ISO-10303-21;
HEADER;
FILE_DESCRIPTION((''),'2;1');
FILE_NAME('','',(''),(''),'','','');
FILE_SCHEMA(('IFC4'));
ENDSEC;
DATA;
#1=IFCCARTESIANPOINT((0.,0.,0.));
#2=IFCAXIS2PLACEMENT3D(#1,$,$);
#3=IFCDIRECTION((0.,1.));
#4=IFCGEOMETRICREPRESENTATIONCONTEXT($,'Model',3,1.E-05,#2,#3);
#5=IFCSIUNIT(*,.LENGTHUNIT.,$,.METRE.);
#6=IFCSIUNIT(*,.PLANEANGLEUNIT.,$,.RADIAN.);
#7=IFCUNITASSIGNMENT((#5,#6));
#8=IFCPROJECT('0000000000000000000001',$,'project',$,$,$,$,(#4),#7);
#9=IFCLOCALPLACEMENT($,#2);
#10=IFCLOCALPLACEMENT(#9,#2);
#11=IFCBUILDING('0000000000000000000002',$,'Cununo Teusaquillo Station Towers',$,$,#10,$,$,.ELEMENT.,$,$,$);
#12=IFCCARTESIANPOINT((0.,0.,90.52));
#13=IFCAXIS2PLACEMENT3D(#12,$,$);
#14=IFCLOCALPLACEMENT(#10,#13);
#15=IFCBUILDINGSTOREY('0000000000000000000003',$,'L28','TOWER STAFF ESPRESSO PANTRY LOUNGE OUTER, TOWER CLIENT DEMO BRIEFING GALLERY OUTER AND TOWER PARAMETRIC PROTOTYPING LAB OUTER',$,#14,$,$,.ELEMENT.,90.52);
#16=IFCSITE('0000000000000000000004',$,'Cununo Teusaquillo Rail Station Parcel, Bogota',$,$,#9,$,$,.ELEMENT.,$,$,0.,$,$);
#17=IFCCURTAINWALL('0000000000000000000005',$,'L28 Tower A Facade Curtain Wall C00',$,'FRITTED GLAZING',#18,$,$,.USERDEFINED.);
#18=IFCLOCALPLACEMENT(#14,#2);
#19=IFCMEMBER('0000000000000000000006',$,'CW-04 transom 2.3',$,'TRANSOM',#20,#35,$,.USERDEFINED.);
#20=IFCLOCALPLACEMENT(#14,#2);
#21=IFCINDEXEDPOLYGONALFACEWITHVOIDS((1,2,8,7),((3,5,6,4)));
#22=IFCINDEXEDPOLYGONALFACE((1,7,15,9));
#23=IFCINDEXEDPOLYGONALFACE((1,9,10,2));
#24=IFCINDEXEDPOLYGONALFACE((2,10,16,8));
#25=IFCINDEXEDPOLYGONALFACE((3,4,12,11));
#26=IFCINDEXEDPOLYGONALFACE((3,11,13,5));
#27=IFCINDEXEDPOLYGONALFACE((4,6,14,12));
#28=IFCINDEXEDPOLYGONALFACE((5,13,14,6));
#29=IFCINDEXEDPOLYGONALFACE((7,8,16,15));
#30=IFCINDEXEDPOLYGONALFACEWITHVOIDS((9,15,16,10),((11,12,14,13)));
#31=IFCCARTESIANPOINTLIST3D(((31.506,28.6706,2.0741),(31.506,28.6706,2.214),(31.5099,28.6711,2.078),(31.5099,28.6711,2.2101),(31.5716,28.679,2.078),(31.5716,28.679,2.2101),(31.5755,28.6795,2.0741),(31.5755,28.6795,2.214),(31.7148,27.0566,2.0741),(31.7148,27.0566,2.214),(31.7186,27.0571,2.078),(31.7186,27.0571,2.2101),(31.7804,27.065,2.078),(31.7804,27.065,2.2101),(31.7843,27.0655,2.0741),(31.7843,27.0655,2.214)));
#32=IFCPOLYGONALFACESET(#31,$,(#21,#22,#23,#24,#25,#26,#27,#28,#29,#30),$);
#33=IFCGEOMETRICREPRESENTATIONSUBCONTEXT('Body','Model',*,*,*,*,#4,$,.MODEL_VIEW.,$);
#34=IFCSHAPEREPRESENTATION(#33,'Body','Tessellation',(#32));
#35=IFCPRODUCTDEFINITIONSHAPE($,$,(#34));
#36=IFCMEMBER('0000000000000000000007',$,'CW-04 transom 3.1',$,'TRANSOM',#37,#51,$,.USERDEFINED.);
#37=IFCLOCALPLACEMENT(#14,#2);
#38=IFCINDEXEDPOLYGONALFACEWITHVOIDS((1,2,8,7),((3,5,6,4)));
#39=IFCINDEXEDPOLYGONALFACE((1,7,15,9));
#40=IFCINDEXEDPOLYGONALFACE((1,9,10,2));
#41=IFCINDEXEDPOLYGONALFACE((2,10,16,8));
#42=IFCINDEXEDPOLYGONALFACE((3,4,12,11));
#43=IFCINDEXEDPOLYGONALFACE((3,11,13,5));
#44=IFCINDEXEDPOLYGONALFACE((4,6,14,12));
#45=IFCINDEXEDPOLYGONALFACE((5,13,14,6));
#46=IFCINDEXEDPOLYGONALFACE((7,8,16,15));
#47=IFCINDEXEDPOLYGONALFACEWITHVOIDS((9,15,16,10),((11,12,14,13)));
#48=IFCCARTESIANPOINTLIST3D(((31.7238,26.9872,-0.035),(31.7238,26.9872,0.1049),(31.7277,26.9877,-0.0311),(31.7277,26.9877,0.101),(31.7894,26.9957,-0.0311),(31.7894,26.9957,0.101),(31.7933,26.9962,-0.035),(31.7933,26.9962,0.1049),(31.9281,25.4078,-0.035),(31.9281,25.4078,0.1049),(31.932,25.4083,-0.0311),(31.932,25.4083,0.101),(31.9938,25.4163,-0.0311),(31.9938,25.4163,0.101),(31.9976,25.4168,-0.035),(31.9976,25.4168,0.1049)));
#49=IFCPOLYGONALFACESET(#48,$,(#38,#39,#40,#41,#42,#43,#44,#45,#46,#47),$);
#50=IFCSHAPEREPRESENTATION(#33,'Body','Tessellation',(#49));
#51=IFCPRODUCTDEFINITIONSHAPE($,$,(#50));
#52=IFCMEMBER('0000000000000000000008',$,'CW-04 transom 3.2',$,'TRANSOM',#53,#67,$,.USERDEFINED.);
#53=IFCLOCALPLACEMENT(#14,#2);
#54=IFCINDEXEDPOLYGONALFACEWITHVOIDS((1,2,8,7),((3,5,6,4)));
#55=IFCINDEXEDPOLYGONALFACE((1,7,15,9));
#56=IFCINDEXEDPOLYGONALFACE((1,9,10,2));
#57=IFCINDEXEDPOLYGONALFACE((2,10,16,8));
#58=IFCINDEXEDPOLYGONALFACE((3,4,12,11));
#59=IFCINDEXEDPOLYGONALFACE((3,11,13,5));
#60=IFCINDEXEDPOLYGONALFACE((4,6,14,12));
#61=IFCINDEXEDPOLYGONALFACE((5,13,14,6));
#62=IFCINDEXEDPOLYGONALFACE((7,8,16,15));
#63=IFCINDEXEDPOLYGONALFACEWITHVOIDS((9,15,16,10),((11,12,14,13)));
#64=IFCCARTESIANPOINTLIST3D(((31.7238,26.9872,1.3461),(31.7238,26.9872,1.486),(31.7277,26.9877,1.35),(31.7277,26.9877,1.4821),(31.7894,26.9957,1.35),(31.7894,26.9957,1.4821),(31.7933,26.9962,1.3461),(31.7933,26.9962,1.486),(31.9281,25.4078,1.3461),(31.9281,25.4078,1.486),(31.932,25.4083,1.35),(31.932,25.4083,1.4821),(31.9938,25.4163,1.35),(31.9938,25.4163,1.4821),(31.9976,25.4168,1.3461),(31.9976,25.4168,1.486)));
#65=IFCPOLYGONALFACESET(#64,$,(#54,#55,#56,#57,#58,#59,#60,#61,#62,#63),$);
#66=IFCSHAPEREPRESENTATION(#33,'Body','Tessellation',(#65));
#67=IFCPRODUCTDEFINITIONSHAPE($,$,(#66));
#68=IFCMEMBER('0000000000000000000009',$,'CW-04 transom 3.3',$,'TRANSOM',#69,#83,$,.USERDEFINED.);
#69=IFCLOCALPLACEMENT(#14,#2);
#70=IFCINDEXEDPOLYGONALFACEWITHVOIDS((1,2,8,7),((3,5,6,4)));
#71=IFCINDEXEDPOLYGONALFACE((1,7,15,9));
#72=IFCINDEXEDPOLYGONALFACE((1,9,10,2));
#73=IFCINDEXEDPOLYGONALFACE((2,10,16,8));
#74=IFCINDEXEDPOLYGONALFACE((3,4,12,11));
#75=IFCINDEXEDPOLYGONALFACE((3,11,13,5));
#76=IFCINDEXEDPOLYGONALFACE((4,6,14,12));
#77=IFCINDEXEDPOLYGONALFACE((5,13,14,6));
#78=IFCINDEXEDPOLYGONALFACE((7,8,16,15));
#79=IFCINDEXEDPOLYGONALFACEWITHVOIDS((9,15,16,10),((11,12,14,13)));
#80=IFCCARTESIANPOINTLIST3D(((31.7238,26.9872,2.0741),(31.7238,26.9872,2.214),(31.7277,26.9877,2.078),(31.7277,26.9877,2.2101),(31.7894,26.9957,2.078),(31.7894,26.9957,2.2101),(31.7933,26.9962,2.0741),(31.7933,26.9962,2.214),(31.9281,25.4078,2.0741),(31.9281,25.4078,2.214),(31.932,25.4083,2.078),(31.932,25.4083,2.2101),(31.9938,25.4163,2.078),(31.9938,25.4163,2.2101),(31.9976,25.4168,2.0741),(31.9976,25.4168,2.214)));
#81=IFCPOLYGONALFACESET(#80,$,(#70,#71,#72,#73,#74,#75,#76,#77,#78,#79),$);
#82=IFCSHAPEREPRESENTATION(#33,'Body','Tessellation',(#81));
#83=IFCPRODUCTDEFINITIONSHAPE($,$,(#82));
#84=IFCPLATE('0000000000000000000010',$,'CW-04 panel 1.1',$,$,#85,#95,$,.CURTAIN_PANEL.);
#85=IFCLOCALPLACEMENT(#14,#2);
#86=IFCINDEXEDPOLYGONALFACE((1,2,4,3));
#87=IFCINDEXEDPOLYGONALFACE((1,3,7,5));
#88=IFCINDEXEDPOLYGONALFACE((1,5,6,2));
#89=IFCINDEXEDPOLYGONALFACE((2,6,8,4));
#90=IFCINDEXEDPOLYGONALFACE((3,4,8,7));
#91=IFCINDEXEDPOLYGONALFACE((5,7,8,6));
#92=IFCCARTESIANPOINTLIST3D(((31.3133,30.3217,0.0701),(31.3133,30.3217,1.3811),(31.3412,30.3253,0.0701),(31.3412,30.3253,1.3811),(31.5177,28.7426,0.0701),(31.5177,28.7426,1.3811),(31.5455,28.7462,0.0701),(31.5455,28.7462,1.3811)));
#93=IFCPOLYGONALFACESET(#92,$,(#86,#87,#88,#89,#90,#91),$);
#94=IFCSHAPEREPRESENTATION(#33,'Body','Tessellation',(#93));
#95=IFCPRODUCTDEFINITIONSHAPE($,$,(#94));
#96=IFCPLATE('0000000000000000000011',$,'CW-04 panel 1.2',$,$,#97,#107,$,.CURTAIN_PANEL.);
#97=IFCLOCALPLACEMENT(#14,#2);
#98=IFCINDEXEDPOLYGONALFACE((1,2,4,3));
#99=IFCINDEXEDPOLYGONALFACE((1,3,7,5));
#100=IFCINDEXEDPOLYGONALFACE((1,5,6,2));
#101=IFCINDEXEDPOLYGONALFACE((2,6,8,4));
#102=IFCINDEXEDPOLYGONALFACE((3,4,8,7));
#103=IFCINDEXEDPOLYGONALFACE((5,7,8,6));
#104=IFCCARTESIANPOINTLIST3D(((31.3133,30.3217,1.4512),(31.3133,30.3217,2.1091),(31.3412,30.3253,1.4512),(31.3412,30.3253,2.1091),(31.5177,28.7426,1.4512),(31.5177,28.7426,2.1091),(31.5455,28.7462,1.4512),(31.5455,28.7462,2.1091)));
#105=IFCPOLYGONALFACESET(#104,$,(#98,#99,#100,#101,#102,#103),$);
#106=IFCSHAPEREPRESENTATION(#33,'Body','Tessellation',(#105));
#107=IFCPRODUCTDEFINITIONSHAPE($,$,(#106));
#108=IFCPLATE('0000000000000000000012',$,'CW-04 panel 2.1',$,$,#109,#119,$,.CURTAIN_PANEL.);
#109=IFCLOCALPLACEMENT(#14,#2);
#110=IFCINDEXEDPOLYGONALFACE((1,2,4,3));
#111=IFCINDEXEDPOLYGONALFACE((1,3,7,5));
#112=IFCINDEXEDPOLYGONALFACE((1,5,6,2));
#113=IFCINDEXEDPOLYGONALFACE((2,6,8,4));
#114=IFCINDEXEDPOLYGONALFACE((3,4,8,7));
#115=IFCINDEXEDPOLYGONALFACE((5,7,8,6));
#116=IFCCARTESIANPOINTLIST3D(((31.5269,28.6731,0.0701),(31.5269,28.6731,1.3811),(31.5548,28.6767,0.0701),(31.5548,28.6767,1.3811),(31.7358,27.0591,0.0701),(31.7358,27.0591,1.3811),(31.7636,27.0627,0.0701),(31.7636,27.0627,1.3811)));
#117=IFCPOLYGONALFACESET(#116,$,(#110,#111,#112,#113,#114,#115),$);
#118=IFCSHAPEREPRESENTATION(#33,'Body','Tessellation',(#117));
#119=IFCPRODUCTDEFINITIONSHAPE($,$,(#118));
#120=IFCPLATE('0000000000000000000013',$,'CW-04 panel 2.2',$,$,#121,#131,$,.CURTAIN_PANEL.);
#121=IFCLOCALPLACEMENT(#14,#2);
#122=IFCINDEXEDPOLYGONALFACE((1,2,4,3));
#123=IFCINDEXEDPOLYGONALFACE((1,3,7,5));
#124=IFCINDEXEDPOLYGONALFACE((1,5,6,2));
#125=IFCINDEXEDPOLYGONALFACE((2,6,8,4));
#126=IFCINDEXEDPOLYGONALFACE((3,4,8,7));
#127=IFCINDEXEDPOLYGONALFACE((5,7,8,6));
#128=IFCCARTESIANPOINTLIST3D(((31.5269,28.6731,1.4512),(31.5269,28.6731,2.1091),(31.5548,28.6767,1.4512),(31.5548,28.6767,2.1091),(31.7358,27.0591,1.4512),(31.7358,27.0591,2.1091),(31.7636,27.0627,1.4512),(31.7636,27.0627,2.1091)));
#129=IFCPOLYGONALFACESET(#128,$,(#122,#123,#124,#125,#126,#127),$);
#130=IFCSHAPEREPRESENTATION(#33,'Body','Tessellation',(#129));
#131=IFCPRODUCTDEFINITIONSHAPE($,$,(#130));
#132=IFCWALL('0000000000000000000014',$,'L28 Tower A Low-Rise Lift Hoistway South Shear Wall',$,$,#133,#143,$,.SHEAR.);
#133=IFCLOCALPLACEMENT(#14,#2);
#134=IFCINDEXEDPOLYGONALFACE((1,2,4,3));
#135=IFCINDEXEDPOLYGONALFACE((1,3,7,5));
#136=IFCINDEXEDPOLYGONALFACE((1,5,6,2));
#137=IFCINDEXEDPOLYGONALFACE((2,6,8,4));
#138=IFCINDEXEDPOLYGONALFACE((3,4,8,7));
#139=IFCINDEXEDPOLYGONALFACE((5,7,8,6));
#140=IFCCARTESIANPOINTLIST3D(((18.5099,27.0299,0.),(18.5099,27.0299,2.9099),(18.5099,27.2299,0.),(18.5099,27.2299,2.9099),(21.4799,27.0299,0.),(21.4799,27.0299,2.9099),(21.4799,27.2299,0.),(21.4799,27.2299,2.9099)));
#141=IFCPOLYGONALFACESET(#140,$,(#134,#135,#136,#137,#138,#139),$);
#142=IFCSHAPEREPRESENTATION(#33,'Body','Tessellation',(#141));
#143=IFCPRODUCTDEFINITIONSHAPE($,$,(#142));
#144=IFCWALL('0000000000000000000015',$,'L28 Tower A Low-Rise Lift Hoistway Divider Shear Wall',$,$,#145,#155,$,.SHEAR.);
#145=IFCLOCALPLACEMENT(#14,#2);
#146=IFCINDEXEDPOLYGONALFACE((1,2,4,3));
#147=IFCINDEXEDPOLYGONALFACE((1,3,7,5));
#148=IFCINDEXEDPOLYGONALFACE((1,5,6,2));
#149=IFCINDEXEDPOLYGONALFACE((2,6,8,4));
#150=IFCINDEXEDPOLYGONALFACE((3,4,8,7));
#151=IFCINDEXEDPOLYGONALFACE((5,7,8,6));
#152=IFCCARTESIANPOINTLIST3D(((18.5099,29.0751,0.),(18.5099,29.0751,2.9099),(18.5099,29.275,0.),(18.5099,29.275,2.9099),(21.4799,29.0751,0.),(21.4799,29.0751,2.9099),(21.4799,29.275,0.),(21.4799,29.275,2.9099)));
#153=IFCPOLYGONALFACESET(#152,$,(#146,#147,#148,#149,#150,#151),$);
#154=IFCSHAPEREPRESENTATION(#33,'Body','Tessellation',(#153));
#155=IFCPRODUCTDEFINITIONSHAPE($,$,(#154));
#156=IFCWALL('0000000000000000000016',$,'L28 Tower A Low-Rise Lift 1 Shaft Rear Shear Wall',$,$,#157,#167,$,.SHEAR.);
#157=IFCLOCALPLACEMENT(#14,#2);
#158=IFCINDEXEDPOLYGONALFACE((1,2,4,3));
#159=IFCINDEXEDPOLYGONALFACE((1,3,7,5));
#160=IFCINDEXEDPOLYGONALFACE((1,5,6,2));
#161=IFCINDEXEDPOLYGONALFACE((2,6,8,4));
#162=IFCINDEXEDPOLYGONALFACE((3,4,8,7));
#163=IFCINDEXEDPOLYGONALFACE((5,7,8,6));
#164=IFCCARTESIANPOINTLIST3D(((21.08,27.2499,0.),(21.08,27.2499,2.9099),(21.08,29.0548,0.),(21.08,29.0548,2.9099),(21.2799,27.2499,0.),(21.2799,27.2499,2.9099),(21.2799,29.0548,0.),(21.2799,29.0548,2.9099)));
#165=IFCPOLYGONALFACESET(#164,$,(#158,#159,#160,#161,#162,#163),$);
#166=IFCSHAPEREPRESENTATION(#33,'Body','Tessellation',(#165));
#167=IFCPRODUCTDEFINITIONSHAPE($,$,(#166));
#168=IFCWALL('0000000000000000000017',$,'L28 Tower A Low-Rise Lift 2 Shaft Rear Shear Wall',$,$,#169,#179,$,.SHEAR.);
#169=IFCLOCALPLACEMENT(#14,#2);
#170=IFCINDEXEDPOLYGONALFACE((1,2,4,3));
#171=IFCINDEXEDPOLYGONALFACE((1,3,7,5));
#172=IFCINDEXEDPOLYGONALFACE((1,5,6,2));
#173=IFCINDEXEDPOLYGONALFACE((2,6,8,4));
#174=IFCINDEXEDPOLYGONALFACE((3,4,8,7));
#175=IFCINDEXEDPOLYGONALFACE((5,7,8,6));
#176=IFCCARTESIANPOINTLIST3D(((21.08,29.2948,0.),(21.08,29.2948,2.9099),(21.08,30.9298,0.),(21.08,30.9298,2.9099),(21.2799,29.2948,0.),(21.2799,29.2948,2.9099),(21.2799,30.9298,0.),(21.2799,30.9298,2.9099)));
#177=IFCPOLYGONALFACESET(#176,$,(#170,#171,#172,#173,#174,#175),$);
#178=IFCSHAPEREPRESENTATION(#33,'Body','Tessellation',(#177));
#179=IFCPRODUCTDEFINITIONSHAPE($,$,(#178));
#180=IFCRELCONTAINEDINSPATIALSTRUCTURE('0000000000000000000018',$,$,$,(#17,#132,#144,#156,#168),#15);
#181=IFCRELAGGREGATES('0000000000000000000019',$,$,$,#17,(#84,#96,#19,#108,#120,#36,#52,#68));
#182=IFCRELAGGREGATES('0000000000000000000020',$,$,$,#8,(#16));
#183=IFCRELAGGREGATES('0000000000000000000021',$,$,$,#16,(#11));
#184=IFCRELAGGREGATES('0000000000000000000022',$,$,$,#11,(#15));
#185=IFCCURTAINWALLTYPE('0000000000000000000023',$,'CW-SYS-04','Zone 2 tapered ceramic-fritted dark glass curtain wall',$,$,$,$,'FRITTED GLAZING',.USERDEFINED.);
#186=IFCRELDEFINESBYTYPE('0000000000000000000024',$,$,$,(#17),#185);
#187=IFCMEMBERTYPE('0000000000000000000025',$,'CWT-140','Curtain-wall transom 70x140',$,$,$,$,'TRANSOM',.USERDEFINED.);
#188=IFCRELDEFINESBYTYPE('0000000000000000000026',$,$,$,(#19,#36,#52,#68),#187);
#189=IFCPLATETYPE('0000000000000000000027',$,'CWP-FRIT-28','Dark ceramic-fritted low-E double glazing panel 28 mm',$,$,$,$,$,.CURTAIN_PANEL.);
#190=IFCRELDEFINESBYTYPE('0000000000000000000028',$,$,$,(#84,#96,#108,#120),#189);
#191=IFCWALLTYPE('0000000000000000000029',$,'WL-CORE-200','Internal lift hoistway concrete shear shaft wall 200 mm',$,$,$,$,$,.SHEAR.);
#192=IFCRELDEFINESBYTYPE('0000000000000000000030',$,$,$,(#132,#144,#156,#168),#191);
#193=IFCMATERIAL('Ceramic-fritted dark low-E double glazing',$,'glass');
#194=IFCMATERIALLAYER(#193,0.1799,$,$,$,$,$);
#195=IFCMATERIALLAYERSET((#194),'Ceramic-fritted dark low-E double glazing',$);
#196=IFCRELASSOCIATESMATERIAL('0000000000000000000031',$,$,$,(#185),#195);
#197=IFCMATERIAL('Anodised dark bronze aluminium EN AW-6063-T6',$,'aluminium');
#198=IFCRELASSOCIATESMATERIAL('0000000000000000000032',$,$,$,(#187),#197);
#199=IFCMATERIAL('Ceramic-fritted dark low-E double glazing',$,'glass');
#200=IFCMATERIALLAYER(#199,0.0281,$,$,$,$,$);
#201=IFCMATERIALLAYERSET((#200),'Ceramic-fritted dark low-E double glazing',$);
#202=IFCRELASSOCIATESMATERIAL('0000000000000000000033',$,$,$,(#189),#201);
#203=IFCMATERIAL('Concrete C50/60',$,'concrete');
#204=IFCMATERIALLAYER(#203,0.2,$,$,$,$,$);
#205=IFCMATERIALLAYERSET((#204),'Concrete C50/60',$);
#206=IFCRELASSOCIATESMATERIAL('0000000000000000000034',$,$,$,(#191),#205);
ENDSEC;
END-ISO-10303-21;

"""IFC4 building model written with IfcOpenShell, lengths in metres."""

from ifc_helpers import new_model, si_unit, direction, frame, frame_2d, origin, origin_2d, place, context, subcontext, project, spatial, rectangle, hollow_rectangle, extrude, source, transform, mapped, material, layer, layer_set, material_profile, profile_set, type_object, element, aggregate, save


model = new_model("IFC4")

# Units and contexts
model_context = context("Model", 3, precision=1e-05, world=origin(), true_north=direction((0.0, 1.0)))
body_context = subcontext(model_context, "Body", "Model", "MODEL_VIEW")
ifc_project = project(units=[si_unit("LENGTHUNIT", "METRE"), si_unit("PLANEANGLEUNIT", "RADIAN")], contexts=[model_context])

# Site, building, storey
site_placement = place(None, origin())
site = spatial("IfcSite", under=ifc_project, at=site_placement, Name="Cununo Teusaquillo Rail Station Parcel, Bogota", CompositionType="ELEMENT", RefElevation=0.0)
building_placement = place(site_placement, origin())
building = spatial("IfcBuilding", under=site, at=building_placement, Name="Cununo Teusaquillo Station Towers", CompositionType="ELEMENT")
storey_placement = place(building_placement, frame((0.0, 0.0, 90.52)))
storey = spatial("IfcBuildingStorey", under=building, at=storey_placement, Name="L28", Description="TOWER STAFF ESPRESSO PANTRY LOUNGE OUTER, TOWER CLIENT DEMO BRIEFING GALLERY OUTER AND TOWER PARAMETRIC PROTOTYPING LAB OUTER", CompositionType="ELEMENT", Elevation=90.52)

# Curtain wall, members, plates
ifc_material_1 = material(Name="Ceramic-fritted dark low-E double glazing", Category="glass")
ifc_layer_1 = layer(ifc_material_1, 0.1799)
ifc_layer_set_1 = layer_set([ifc_layer_1], Name="Ceramic-fritted dark low-E double glazing")
curtain_wall_type = type_object("IfcCurtainWallType", Name="CW-SYS-04", Description="Zone 2 tapered ceramic-fritted dark glass curtain wall", ElementType="FRITTED GLAZING", PredefinedType="USERDEFINED", material=ifc_layer_set_1)
curtain_wall_placement = place(storey_placement, origin())
curtain_wall = element("IfcCurtainWall", 1, at=curtain_wall_placement, inside=storey, type_object=curtain_wall_type, Name="L28 Tower A Facade Curtain Wall C00", ObjectType="FRITTED GLAZING", PredefinedType="USERDEFINED")
ifc_material_2 = material(Name="Anodised dark bronze aluminium EN AW-6063-T6", Category="aluminium")
ifc_material_profile_1 = material_profile(ifc_material_2, hollow_rectangle(XDim=0.0701, YDim=0.1399, WallThickness=0.0039, at=origin_2d()), Name="CW-TRAN-70x140")
ifc_profile_set_1 = profile_set([ifc_material_profile_1], Name="Anodised dark bronze aluminium EN AW-6063-T6")
member_type_1 = type_object("IfcMemberType", Name="CWT-140", Description="Curtain-wall transom 70x140", ElementType="TRANSOM", PredefinedType="USERDEFINED", material=ifc_profile_set_1)
member_1_placement = place(storey_placement, frame((31.5408, 28.675, 2.144), z_axis=(0.128262, -0.99174, 0.0), x_axis=(0.99174, 0.128262, 0.0)))
member_1 = element("IfcMember", 2, at=member_1_placement, type_object=member_type_1, Name="CW-04 transom 2.3", ObjectType="TRANSOM", PredefinedType="USERDEFINED", context=body_context, shape_type="SweptSolid", body=[
    extrude(hollow_rectangle(XDim=0.0701, YDim=0.1399, WallThickness=0.0039, at=origin_2d()), origin(), (0.0, 0.0, 1.0), 1.6274),
])
member_2_placement = place(storey_placement, frame((31.7585, 26.9917, 0.0349), z_axis=(0.128317, -0.991733, 0.0), x_axis=(0.991733, 0.128317, 0.0)))
member_2 = element("IfcMember", 3, at=member_2_placement, type_object=member_type_1, Name="CW-04 transom 3.1", ObjectType="TRANSOM", PredefinedType="USERDEFINED", context=body_context, shape_type="SweptSolid", body=[
    extrude(hollow_rectangle(XDim=0.0701, YDim=0.1399, WallThickness=0.0039, at=origin_2d()), origin(), (0.0, 0.0, 1.0), 1.5925),
])
member_3_placement = place(storey_placement, frame((31.7585, 26.9917, 1.416), z_axis=(0.128317, -0.991733, 0.0), x_axis=(0.991733, 0.128317, 0.0)))
member_3 = element("IfcMember", 4, at=member_3_placement, type_object=member_type_1, Name="CW-04 transom 3.2", ObjectType="TRANSOM", PredefinedType="USERDEFINED", context=body_context, shape_type="SweptSolid", body=[
    extrude(hollow_rectangle(XDim=0.0701, YDim=0.1399, WallThickness=0.0039, at=origin_2d()), origin(), (0.0, 0.0, 1.0), 1.5925),
])
member_4_placement = place(storey_placement, frame((31.7585, 26.9917, 2.144), z_axis=(0.128317, -0.991733, 0.0), x_axis=(0.991733, 0.128317, 0.0)))
member_4 = element("IfcMember", 5, at=member_4_placement, type_object=member_type_1, Name="CW-04 transom 3.3", ObjectType="TRANSOM", PredefinedType="USERDEFINED", context=body_context, shape_type="SweptSolid", body=[
    extrude(hollow_rectangle(XDim=0.0701, YDim=0.1399, WallThickness=0.0039, at=origin_2d()), origin(), (0.0, 0.0, 1.0), 1.5925),
])
ifc_material_3 = material(Name="Ceramic-fritted dark low-E double glazing", Category="glass")
ifc_layer_2 = layer(ifc_material_3, 0.0281)
ifc_layer_set_2 = layer_set([ifc_layer_2], Name="Ceramic-fritted dark low-E double glazing")
plate_type = type_object("IfcPlateType", Name="CWP-FRIT-28", Description="Dark ceramic-fritted low-E double glazing panel 28 mm", PredefinedType="CURTAIN_PANEL", material=ifc_layer_set_2)
shared_shape_1 = source(origin(), body_context, "Body", "SweptSolid", [
    extrude(rectangle(XDim=1.5923, YDim=0.0281, at=origin_2d()), origin(), (0.0, 0.0, 1.0), 1.311),
])
plate_1_placement = place(storey_placement, frame((31.4294, 29.5339, 0.0701), z_axis=(0.0, 0.0, 1.0), x_axis=(0.128336, -0.991731, 0.0)))
plate_1 = element("IfcPlate", 6, at=plate_1_placement, type_object=plate_type, Name="CW-04 panel 1.1", PredefinedType="CURTAIN_PANEL", context=body_context, shape_type="MappedRepresentation", body=[
    mapped(shared_shape_1, transform((0.0, 0.0, 0.0), x_axis=(1.0, 0.0, 0.0), y_axis=(0.0, 1.0, 0.0), z_axis=(0.0, 0.0, 1.0), scale=1.0)),
])
shared_shape_2 = source(origin(), body_context, "Body", "SweptSolid", [
    extrude(rectangle(XDim=1.5923, YDim=0.0281, at=origin_2d()), origin(), (0.0, 0.0, 1.0), 0.658),
])
plate_2_placement = place(storey_placement, frame((31.4294, 29.5339, 1.4512), z_axis=(0.0, 0.0, 1.0), x_axis=(0.128336, -0.991731, 0.0)))
plate_2 = element("IfcPlate", 7, at=plate_2_placement, type_object=plate_type, Name="CW-04 panel 1.2", PredefinedType="CURTAIN_PANEL", context=body_context, shape_type="MappedRepresentation", body=[
    mapped(shared_shape_2, transform((0.0, 0.0, 0.0), x_axis=(1.0, 0.0, 0.0), y_axis=(0.0, 1.0, 0.0), z_axis=(0.0, 0.0, 1.0), scale=1.0)),
])
shared_shape_3 = source(origin(), body_context, "Body", "SweptSolid", [
    extrude(rectangle(XDim=1.6274, YDim=0.0281, at=origin_2d()), origin(), (0.0, 0.0, 1.0), 1.311),
])
plate_3_placement = place(storey_placement, frame((31.6453, 27.8679, 0.0701), z_axis=(0.0, 0.0, 1.0), x_axis=(0.128336, -0.991731, 0.0)))
plate_3 = element("IfcPlate", 8, at=plate_3_placement, type_object=plate_type, Name="CW-04 panel 2.1", PredefinedType="CURTAIN_PANEL", context=body_context, shape_type="MappedRepresentation", body=[
    mapped(shared_shape_3, transform((0.0, 0.0, 0.0), x_axis=(1.0, 0.0, 0.0), y_axis=(0.0, 1.0, 0.0), z_axis=(0.0, 0.0, 1.0), scale=1.0)),
])
shared_shape_4 = source(origin(), body_context, "Body", "SweptSolid", [
    extrude(rectangle(XDim=1.6274, YDim=0.0281, at=origin_2d()), origin(), (0.0, 0.0, 1.0), 0.658),
])
plate_4_placement = place(storey_placement, frame((31.6453, 27.8679, 1.4512), z_axis=(0.0, 0.0, 1.0), x_axis=(0.128336, -0.991731, 0.0)))
plate_4 = element("IfcPlate", 9, at=plate_4_placement, type_object=plate_type, Name="CW-04 panel 2.2", PredefinedType="CURTAIN_PANEL", context=body_context, shape_type="MappedRepresentation", body=[
    mapped(shared_shape_4, transform((0.0, 0.0, 0.0), x_axis=(1.0, 0.0, 0.0), y_axis=(0.0, 1.0, 0.0), z_axis=(0.0, 0.0, 1.0), scale=1.0)),
])
aggregate(curtain_wall, [plate_1, plate_2, member_1, plate_3, plate_4, member_2, member_3, member_4])

# Walls
ifc_material_4 = material(Name="Concrete C50/60", Category="concrete")
ifc_layer_3 = layer(ifc_material_4, 0.2)
ifc_layer_set_3 = layer_set([ifc_layer_3], Name="Concrete C50/60")
wall_type_1 = type_object("IfcWallType", Name="WL-CORE-200", Description="Internal lift hoistway concrete shear shaft wall 200 mm", PredefinedType="SHEAR", material=ifc_layer_set_3)
for number, where, z_axis, x_axis, name in (
    (10, (18.51, 27.1299, 0.0), (0.0, 0.0, 1.0), (1.0, 0.0, 0.0), "L28 Tower A Low-Rise Lift Hoistway South Shear Wall"),
    (11, (18.51, 29.175, 0.0), (0.0, 0.0, 1.0), (1.0, 0.0, 0.0), "L28 Tower A Low-Rise Lift Hoistway Divider Shear Wall"),
):
    element("IfcWall", number, at=place(storey_placement, frame(where, z_axis=z_axis, x_axis=x_axis)), inside=storey, type_object=wall_type_1, Name=name, PredefinedType="SHEAR", context=body_context, shape_type="SweptSolid", body=[
        extrude(rectangle(XDim=2.97, YDim=0.2, at=frame_2d((1.4849, 0.0))), origin(), (0.0, 0.0, 1.0), 2.9099),
    ])
wall_1_placement = place(storey_placement, frame((21.1799, 27.25, 0.0), z_axis=(0.0, 0.0, 1.0), x_axis=(0.0, 1.0, 0.0)))
element("IfcWall", 12, at=wall_1_placement, inside=storey, type_object=wall_type_1, Name="L28 Tower A Low-Rise Lift 1 Shaft Rear Shear Wall", PredefinedType="SHEAR", context=body_context, shape_type="SweptSolid", body=[
    extrude(rectangle(XDim=1.8049, YDim=0.2, at=frame_2d((0.9023, 0.0))), origin(), (0.0, 0.0, 1.0), 2.9099),
])
wall_2_placement = place(storey_placement, frame((21.1799, 29.2949, 0.0), z_axis=(0.0, 0.0, 1.0), x_axis=(0.0, 1.0, 0.0)))
element("IfcWall", 13, at=wall_2_placement, inside=storey, type_object=wall_type_1, Name="L28 Tower A Low-Rise Lift 2 Shaft Rear Shear Wall", PredefinedType="SHEAR", context=body_context, shape_type="SweptSolid", body=[
    extrude(rectangle(XDim=1.635, YDim=0.2, at=frame_2d((0.8174, 0.0))), origin(), (0.0, 0.0, 1.0), 2.9099),
])

save(model, "model.ifc")
